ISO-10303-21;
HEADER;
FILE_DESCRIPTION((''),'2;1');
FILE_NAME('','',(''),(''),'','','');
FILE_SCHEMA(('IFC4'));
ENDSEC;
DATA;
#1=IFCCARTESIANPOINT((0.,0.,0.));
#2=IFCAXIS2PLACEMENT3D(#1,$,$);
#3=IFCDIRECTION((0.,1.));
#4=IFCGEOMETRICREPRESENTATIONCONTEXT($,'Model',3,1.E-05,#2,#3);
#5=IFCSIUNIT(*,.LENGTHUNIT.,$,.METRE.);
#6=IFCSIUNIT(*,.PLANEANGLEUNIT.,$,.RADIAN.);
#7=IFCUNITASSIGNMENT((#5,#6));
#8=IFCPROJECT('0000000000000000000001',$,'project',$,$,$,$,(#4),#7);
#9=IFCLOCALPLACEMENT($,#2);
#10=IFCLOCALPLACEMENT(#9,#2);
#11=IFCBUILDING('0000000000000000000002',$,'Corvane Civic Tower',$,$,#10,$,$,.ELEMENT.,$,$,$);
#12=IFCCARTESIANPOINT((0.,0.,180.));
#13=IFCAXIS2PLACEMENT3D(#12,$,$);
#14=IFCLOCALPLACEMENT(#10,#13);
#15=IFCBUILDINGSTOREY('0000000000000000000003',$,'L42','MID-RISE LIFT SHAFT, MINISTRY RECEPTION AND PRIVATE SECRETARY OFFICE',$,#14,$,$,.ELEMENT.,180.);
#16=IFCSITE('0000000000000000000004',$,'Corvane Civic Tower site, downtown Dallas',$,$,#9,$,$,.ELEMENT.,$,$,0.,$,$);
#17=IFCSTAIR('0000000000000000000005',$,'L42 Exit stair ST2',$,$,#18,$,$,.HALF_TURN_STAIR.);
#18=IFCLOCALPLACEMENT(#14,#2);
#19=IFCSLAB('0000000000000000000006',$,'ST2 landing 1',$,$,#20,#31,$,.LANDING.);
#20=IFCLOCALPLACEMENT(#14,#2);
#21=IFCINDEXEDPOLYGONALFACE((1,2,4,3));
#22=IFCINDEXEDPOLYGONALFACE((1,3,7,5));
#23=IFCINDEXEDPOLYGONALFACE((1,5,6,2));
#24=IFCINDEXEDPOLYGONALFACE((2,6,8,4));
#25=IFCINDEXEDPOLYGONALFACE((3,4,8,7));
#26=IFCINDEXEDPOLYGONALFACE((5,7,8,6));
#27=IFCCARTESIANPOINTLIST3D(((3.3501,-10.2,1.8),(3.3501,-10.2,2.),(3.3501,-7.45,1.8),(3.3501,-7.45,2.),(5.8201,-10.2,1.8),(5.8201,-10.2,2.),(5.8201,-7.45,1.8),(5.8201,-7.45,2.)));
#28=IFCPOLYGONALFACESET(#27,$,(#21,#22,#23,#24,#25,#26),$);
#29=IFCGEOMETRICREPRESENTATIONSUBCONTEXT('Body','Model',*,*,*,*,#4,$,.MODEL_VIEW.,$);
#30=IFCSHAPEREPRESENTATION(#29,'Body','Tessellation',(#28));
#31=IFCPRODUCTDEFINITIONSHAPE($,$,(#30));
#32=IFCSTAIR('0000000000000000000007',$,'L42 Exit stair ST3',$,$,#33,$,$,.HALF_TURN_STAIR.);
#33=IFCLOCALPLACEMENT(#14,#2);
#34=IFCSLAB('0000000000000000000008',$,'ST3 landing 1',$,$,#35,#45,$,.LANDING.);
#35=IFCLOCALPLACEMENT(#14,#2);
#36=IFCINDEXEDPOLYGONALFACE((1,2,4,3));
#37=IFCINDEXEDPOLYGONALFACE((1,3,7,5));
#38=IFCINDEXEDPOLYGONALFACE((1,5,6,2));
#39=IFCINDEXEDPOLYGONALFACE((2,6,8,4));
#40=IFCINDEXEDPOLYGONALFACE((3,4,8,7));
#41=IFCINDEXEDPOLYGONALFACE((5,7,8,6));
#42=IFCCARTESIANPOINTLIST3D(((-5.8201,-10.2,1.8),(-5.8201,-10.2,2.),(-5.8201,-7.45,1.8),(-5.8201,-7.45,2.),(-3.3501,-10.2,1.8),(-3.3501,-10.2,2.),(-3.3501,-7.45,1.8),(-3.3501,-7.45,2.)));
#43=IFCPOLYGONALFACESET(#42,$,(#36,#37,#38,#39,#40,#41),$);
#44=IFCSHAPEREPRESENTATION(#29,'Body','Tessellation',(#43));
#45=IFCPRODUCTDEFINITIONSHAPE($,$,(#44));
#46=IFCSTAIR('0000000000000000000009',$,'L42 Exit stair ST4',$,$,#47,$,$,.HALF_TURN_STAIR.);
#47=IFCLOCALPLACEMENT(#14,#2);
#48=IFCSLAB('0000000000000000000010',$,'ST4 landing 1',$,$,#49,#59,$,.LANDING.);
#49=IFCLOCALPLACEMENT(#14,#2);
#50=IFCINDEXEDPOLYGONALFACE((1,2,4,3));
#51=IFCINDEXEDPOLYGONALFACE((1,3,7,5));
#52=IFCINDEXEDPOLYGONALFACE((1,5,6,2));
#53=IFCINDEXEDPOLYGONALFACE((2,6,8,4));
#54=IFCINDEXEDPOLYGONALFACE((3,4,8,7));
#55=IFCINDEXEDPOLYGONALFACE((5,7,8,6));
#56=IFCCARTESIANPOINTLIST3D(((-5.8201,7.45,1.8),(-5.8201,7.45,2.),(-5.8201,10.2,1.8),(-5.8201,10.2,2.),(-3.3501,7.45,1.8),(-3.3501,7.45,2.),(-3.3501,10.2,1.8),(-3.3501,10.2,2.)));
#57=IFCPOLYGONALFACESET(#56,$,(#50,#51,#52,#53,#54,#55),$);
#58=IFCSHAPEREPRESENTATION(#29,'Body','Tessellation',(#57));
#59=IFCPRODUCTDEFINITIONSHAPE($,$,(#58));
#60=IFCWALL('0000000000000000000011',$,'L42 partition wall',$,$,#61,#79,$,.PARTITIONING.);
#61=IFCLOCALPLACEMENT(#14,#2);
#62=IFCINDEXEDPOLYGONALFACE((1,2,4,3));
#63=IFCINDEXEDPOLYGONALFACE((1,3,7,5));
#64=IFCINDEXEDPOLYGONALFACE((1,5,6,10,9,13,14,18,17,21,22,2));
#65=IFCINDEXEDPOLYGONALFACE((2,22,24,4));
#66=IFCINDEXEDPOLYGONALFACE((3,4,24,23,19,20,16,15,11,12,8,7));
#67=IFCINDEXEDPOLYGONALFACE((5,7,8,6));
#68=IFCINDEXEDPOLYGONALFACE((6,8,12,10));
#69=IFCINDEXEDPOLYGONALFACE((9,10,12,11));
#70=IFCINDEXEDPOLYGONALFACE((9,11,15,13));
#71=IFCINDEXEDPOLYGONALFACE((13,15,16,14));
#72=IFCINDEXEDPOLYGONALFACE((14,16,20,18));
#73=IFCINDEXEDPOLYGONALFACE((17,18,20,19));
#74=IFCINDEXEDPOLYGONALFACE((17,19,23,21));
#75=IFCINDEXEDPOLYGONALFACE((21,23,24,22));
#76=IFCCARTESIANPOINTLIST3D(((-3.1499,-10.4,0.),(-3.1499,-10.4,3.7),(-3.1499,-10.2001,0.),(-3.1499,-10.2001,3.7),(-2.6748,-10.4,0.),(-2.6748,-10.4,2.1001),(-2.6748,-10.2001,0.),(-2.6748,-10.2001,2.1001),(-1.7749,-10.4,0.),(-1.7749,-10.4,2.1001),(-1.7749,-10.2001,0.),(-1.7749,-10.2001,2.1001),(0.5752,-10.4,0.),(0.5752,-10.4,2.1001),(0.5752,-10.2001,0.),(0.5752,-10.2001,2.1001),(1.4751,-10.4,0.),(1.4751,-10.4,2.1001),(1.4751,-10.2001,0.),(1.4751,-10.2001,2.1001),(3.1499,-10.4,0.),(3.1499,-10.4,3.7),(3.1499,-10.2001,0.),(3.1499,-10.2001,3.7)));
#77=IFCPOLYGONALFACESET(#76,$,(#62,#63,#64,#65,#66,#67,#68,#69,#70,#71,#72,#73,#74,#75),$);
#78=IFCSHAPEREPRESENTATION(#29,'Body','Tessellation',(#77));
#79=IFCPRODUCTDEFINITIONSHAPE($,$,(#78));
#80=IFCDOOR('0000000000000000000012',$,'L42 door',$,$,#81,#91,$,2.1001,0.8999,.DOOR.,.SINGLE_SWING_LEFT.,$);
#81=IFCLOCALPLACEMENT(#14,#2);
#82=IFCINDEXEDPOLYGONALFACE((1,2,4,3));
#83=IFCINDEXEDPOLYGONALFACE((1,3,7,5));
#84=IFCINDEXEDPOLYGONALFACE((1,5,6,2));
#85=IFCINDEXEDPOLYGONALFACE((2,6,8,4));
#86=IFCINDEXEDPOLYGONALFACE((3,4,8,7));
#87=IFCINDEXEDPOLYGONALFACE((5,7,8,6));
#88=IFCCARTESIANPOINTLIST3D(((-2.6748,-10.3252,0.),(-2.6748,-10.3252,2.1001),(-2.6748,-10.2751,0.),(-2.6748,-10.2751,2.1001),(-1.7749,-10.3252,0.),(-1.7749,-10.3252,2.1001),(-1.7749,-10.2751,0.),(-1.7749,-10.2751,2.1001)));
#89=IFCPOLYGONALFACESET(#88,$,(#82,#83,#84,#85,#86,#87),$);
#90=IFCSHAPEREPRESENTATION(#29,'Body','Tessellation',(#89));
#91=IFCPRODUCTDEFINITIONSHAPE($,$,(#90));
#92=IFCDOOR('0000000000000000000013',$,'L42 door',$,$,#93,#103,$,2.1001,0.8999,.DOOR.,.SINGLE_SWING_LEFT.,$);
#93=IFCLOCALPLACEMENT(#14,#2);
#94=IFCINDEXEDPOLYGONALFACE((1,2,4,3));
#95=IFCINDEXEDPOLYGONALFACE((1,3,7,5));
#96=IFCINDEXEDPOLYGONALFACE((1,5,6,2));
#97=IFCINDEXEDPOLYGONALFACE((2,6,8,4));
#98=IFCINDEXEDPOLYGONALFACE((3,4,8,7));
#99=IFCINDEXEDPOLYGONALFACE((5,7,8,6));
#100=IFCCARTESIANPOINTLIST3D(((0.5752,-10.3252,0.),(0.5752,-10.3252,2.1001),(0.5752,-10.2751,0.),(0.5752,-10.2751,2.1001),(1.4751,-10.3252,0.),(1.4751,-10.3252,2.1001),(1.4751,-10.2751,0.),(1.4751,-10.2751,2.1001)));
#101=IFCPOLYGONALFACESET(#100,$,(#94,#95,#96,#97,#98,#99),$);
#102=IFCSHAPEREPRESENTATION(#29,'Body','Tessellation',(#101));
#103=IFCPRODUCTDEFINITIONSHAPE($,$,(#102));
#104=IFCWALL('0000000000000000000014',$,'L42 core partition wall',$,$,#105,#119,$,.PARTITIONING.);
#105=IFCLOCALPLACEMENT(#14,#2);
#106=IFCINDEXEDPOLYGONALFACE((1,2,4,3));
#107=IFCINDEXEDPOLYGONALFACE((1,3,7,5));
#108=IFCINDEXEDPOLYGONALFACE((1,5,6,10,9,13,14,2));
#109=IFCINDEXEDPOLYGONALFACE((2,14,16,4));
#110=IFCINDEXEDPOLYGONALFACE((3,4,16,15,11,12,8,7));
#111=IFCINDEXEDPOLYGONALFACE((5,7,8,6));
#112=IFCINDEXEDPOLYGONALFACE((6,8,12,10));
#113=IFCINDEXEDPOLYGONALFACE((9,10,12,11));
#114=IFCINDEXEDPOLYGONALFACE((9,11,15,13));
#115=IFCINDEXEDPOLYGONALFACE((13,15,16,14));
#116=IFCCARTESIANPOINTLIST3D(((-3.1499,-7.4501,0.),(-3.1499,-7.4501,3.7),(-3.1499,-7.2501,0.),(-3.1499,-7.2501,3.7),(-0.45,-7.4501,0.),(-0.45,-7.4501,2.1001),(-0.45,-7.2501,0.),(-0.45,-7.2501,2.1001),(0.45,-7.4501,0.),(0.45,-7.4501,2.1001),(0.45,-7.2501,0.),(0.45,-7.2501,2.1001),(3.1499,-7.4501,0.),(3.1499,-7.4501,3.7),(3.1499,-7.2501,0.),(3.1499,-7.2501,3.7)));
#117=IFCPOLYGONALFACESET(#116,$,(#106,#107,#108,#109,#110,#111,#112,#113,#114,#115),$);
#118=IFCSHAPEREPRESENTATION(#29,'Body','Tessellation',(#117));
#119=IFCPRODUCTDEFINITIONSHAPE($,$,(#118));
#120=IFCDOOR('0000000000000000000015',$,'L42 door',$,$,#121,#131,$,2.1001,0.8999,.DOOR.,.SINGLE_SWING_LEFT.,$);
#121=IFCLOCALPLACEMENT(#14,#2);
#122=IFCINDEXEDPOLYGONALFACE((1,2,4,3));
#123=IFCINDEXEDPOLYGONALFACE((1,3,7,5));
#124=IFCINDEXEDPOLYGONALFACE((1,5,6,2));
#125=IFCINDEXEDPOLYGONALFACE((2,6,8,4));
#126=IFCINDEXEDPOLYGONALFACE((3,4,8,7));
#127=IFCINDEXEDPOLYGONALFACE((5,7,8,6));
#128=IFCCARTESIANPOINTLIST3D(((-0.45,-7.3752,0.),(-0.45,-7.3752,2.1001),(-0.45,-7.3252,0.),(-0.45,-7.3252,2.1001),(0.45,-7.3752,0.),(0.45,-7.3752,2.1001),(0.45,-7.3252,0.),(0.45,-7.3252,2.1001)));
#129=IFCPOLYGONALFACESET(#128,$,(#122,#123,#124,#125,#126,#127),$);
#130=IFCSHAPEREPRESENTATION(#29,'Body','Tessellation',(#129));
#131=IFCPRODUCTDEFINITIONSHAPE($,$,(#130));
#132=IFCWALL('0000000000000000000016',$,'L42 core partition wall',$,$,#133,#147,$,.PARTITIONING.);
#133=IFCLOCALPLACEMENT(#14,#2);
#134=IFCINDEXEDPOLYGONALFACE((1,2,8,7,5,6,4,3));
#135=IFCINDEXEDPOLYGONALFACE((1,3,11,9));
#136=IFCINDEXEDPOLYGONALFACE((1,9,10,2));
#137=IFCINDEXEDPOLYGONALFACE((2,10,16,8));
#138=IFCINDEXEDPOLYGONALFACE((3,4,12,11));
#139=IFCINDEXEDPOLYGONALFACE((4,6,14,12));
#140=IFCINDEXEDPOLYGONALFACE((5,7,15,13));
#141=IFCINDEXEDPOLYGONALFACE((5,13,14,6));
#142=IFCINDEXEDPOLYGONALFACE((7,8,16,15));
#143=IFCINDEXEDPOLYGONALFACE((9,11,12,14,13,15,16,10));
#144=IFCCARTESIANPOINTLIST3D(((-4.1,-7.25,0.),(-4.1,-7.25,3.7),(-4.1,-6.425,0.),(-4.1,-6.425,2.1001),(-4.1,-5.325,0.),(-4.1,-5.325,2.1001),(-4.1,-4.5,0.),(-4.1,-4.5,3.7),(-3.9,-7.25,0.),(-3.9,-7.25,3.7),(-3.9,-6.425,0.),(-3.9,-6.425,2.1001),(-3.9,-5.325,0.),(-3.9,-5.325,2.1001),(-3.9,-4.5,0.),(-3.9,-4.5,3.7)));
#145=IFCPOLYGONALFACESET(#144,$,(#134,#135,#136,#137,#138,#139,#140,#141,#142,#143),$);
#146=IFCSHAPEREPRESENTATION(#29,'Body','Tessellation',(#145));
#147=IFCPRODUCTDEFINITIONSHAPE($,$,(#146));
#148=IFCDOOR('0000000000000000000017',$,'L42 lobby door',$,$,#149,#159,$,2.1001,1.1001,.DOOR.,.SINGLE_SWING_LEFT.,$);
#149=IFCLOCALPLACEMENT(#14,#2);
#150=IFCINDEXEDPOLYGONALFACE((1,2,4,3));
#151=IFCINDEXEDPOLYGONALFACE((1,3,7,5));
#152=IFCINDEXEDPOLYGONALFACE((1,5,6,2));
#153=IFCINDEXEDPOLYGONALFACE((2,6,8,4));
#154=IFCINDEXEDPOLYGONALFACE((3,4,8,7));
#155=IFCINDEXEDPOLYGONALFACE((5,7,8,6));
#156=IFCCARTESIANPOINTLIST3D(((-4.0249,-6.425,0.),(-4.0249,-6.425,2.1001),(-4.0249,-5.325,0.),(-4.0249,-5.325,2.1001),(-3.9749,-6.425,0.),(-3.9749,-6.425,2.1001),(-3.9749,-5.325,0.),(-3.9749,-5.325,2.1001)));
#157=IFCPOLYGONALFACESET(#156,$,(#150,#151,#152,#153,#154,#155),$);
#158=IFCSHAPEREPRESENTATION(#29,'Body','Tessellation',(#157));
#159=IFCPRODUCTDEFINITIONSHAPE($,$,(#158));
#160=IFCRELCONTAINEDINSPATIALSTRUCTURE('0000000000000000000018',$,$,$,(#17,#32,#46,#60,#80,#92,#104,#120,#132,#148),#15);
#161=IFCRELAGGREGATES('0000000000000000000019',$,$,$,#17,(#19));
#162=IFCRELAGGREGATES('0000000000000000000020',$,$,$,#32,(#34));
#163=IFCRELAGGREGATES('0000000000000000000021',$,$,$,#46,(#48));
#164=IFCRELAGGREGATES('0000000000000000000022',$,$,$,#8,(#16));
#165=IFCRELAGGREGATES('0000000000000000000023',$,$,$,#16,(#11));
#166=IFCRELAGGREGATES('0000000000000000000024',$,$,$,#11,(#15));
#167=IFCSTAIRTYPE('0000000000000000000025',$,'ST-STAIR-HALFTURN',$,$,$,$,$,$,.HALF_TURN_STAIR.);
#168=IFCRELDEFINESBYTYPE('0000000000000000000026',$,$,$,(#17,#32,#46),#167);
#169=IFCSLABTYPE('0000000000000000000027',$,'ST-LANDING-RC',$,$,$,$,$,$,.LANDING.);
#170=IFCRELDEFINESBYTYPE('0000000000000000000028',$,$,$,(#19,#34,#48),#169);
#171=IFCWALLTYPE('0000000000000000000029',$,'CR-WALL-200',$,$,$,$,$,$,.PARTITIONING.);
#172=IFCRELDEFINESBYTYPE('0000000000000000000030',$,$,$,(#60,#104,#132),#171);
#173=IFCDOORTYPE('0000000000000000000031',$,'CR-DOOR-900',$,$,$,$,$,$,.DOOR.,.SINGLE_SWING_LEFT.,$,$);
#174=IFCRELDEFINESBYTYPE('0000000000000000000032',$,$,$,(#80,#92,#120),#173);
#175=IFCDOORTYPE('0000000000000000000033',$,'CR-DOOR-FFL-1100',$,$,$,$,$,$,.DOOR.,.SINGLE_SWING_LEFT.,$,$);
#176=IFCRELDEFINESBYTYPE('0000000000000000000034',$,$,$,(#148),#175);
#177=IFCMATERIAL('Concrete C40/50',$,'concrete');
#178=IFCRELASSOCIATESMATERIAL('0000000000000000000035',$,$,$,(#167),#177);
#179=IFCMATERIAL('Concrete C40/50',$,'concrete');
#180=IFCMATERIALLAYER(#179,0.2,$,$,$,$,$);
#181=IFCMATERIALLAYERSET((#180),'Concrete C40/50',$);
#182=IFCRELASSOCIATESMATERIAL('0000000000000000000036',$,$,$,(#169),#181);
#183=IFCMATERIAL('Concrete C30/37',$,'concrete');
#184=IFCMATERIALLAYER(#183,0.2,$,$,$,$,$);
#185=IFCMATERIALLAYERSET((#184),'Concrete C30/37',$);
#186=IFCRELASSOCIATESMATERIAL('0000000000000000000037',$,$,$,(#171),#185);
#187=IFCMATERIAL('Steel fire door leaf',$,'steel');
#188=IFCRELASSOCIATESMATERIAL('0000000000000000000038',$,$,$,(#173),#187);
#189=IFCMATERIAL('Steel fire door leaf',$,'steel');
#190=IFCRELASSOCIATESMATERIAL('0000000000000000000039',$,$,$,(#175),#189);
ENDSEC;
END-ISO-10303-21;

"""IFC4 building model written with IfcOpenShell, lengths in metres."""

from ifc_helpers import new_model, si_unit, direction, frame, frame_2d, origin, place, context, subcontext, project, spatial, polyline, rectangle, outline, extrude, material, layer, layer_set, type_object, element, fill, aggregate, save


model = new_model("IFC4")

# Units and contexts
model_context = context("Model", 3, precision=1e-05, world=origin(), true_north=direction((0.0, 1.0)))
body_context = subcontext(model_context, "Body", "Model", "MODEL_VIEW")
ifc_project = project(units=[si_unit("LENGTHUNIT", "METRE"), si_unit("PLANEANGLEUNIT", "RADIAN")], contexts=[model_context])

# Site, building, storey
site_placement = place(None, origin())
site = spatial("IfcSite", under=ifc_project, at=site_placement, Name="Corvane Civic Tower site, downtown Dallas", CompositionType="ELEMENT", RefElevation=0.0)
building_placement = place(site_placement, origin())
building = spatial("IfcBuilding", under=site, at=building_placement, Name="Corvane Civic Tower", CompositionType="ELEMENT")
storey_placement = place(building_placement, frame((0.0, 0.0, 180.0)))
storey = spatial("IfcBuildingStorey", under=building, at=storey_placement, Name="L42", Description="MID-RISE LIFT SHAFT, MINISTRY RECEPTION AND PRIVATE SECRETARY OFFICE", CompositionType="ELEMENT", Elevation=180.0)

# Stairs, slabs
ifc_material_1 = material(Name="Concrete C40/50", Category="concrete")
stair_type = type_object("IfcStairType", Name="ST-STAIR-HALFTURN", PredefinedType="HALF_TURN_STAIR", material=ifc_material_1)
ifc_material_2 = material(Name="Concrete C40/50", Category="concrete")
ifc_layer_1 = layer(ifc_material_2, 0.2)
ifc_layer_set_1 = layer_set([ifc_layer_1], Name="Concrete C40/50")
slab_type_1 = type_object("IfcSlabType", Name="ST-LANDING-RC", PredefinedType="LANDING", material=ifc_layer_set_1)
stair_1_placement = place(storey_placement, origin())
stair_1 = element("IfcStair", 1, at=stair_1_placement, inside=storey, type_object=stair_type, Name="L42 Exit stair ST2", PredefinedType="HALF_TURN_STAIR")
slab_1_placement = place(storey_placement, frame((0.0, 0.0, 1.8)))
slab_1 = element("IfcSlab", 2, at=slab_1_placement, type_object=slab_type_1, Name="ST2 landing 1", PredefinedType="LANDING", context=body_context, shape_type="SweptSolid", body=[
    extrude(outline(polyline([(5.8201, -7.45), (3.3501, -7.45), (3.3501, -10.2), (5.8201, -10.2), (5.8201, -7.45)])), origin(), (0.0, 0.0, 1.0), 0.2),
])
aggregate(stair_1, [slab_1])
stair_2_placement = place(storey_placement, origin())
stair_2 = element("IfcStair", 3, at=stair_2_placement, inside=storey, type_object=stair_type, Name="L42 Exit stair ST3", PredefinedType="HALF_TURN_STAIR")
slab_2_placement = place(storey_placement, frame((0.0, 0.0, 1.8)))
slab_2 = element("IfcSlab", 4, at=slab_2_placement, type_object=slab_type_1, Name="ST3 landing 1", PredefinedType="LANDING", context=body_context, shape_type="SweptSolid", body=[
    extrude(outline(polyline([(-5.8201, -10.2), (-3.3501, -10.2), (-3.3501, -7.45), (-5.8201, -7.45), (-5.8201, -10.2)])), origin(), (0.0, 0.0, 1.0), 0.2),
])
aggregate(stair_2, [slab_2])
stair_3_placement = place(storey_placement, origin())
stair_3 = element("IfcStair", 5, at=stair_3_placement, inside=storey, type_object=stair_type, Name="L42 Exit stair ST4", PredefinedType="HALF_TURN_STAIR")
slab_3_placement = place(storey_placement, frame((0.0, 0.0, 1.8)))
slab_3 = element("IfcSlab", 6, at=slab_3_placement, type_object=slab_type_1, Name="ST4 landing 1", PredefinedType="LANDING", context=body_context, shape_type="SweptSolid", body=[
    extrude(outline(polyline([(-5.8201, 7.45), (-3.3501, 7.45), (-3.3501, 10.2), (-5.8201, 10.2), (-5.8201, 7.45)])), origin(), (0.0, 0.0, 1.0), 0.2),
])
aggregate(stair_3, [slab_3])

# Wall, openings, doors
ifc_material_3 = material(Name="Concrete C30/37", Category="concrete")
ifc_layer_2 = layer(ifc_material_3, 0.2)
ifc_layer_set_2 = layer_set([ifc_layer_2], Name="Concrete C30/37")
wall_type = type_object("IfcWallType", Name="CR-WALL-200", PredefinedType="PARTITIONING", material=ifc_layer_set_2)
wall_1_placement = place(storey_placement, frame((-3.1499, -10.3, 0.0), z_axis=(0.0, 0.0, 1.0), x_axis=(1.0, 0.0, 0.0)))
wall_1 = element("IfcWall", 7, at=wall_1_placement, inside=storey, type_object=wall_type, Name="L42 partition wall", PredefinedType="PARTITIONING", context=body_context, shape_type="SweptSolid", body=[
    extrude(rectangle(XDim=6.2998, YDim=0.2, at=frame_2d((3.1499, 0.0))), origin(), (0.0, 0.0, 1.0), 3.7),
])
opening_1_placement = place(wall_1_placement, frame((0.4751, 0.0, 0.0)))
opening_1 = element("IfcOpeningElement", 8, at=opening_1_placement, cuts=wall_1, PredefinedType="OPENING", context=body_context, shape_type="SweptSolid", body=[
    extrude(rectangle(XDim=0.8999, YDim=2.1001, at=frame_2d((0.45, 1.05))), frame((0.0, 0.1099, 0.0), z_axis=(0.0, -1.0, 0.0), x_axis=(1.0, 0.0, 0.0)), (0.0, 0.0, 1.0), 0.22),
])
opening_2_placement = place(wall_1_placement, frame((3.7251, 0.0, 0.0)))
opening_2 = element("IfcOpeningElement", 9, at=opening_2_placement, cuts=wall_1, PredefinedType="OPENING", context=body_context, shape_type="SweptSolid", body=[
    extrude(rectangle(XDim=0.8999, YDim=2.1001, at=frame_2d((0.45, 1.05))), frame((0.0, 0.1099, 0.0), z_axis=(0.0, -1.0, 0.0), x_axis=(1.0, 0.0, 0.0)), (0.0, 0.0, 1.0), 0.22),
])
ifc_material_4 = material(Name="Steel fire door leaf", Category="steel")
door_type_1 = type_object("IfcDoorType", Name="CR-DOOR-900", OperationType="SINGLE_SWING_LEFT", PredefinedType="DOOR", material=ifc_material_4)
door_1_placement = place(opening_1_placement, origin())
door_1 = element("IfcDoor", 10, at=door_1_placement, inside=storey, type_object=door_type_1, Name="L42 door", OperationType="SINGLE_SWING_LEFT", OverallHeight=2.1001, OverallWidth=0.8999, PredefinedType="DOOR", context=body_context, shape_type="SweptSolid", body=[
    extrude(rectangle(XDim=0.8999, YDim=2.1001, at=frame_2d((0.45, 1.05))), frame((0.0, 0.0249, 0.0), z_axis=(0.0, -1.0, 0.0), x_axis=(1.0, 0.0, 0.0)), (0.0, 0.0, 1.0), 0.05),
])
fill(opening_1, door_1)
door_2_placement = place(opening_2_placement, origin())
door_2 = element("IfcDoor", 11, at=door_2_placement, inside=storey, type_object=door_type_1, Name="L42 door", OperationType="SINGLE_SWING_LEFT", OverallHeight=2.1001, OverallWidth=0.8999, PredefinedType="DOOR", context=body_context, shape_type="SweptSolid", body=[
    extrude(rectangle(XDim=0.8999, YDim=2.1001, at=frame_2d((0.45, 1.05))), frame((0.0, 0.0249, 0.0), z_axis=(0.0, -1.0, 0.0), x_axis=(1.0, 0.0, 0.0)), (0.0, 0.0, 1.0), 0.05),
])
fill(opening_2, door_2)

# Walls, openings, doors
wall_2_placement = place(storey_placement, frame((-3.1499, -7.3501, 0.0), z_axis=(0.0, 0.0, 1.0), x_axis=(1.0, 0.0, 0.0)))
wall_2 = element("IfcWall", 12, at=wall_2_placement, inside=storey, type_object=wall_type, Name="L42 core partition wall", PredefinedType="PARTITIONING", context=body_context, shape_type="SweptSolid", body=[
    extrude(rectangle(XDim=6.2998, YDim=0.2, at=frame_2d((3.1499, 0.0))), origin(), (0.0, 0.0, 1.0), 3.7),
])
opening_3_placement = place(wall_2_placement, frame((2.7, 0.0, 0.0)))
opening_3 = element("IfcOpeningElement", 13, at=opening_3_placement, cuts=wall_2, PredefinedType="OPENING", context=body_context, shape_type="SweptSolid", body=[
    extrude(rectangle(XDim=0.8999, YDim=2.1001, at=frame_2d((0.45, 1.05))), frame((0.0, 0.1099, 0.0), z_axis=(0.0, -1.0, 0.0), x_axis=(1.0, 0.0, 0.0)), (0.0, 0.0, 1.0), 0.22),
])
door_3_placement = place(opening_3_placement, origin())
door_3 = element("IfcDoor", 14, at=door_3_placement, inside=storey, type_object=door_type_1, Name="L42 door", OperationType="SINGLE_SWING_LEFT", OverallHeight=2.1001, OverallWidth=0.8999, PredefinedType="DOOR", context=body_context, shape_type="SweptSolid", body=[
    extrude(rectangle(XDim=0.8999, YDim=2.1001, at=frame_2d((0.45, 1.05))), frame((0.0, 0.0249, 0.0), z_axis=(0.0, -1.0, 0.0), x_axis=(1.0, 0.0, 0.0)), (0.0, 0.0, 1.0), 0.05),
])
fill(opening_3, door_3)
wall_3_placement = place(storey_placement, frame((-4.0, -7.25, 0.0), z_axis=(0.0, 0.0, 1.0), x_axis=(0.0, 1.0, 0.0)))
wall_3 = element("IfcWall", 15, at=wall_3_placement, inside=storey, type_object=wall_type, Name="L42 core partition wall", PredefinedType="PARTITIONING", context=body_context, shape_type="SweptSolid", body=[
    extrude(rectangle(XDim=2.75, YDim=0.2, at=frame_2d((1.375, 0.0))), origin(), (0.0, 0.0, 1.0), 3.7),
])
opening_4_placement = place(wall_3_placement, frame((0.825, 0.0, 0.0)))
opening_4 = element("IfcOpeningElement", 16, at=opening_4_placement, cuts=wall_3, PredefinedType="OPENING", context=body_context, shape_type="SweptSolid", body=[
    extrude(rectangle(XDim=1.1001, YDim=2.1001, at=frame_2d((0.55, 1.05))), frame((0.0, 0.1099, 0.0), z_axis=(0.0, -1.0, 0.0), x_axis=(1.0, 0.0, 0.0)), (0.0, 0.0, 1.0), 0.22),
])
ifc_material_5 = material(Name="Steel fire door leaf", Category="steel")
door_type_2 = type_object("IfcDoorType", Name="CR-DOOR-FFL-1100", OperationType="SINGLE_SWING_LEFT", PredefinedType="DOOR", material=ifc_material_5)
door_4_placement = place(opening_4_placement, origin())
door_4 = element("IfcDoor", 17, at=door_4_placement, inside=storey, type_object=door_type_2, Name="L42 lobby door", OperationType="SINGLE_SWING_LEFT", OverallHeight=2.1001, OverallWidth=1.1001, PredefinedType="DOOR", context=body_context, shape_type="SweptSolid", body=[
    extrude(rectangle(XDim=1.1001, YDim=2.1001, at=frame_2d((0.55, 1.05))), frame((0.0, 0.0249, 0.0), z_axis=(0.0, -1.0, 0.0), x_axis=(1.0, 0.0, 0.0)), (0.0, 0.0, 1.0), 0.05),
])
fill(opening_4, door_4)

save(model, "model.ifc")
